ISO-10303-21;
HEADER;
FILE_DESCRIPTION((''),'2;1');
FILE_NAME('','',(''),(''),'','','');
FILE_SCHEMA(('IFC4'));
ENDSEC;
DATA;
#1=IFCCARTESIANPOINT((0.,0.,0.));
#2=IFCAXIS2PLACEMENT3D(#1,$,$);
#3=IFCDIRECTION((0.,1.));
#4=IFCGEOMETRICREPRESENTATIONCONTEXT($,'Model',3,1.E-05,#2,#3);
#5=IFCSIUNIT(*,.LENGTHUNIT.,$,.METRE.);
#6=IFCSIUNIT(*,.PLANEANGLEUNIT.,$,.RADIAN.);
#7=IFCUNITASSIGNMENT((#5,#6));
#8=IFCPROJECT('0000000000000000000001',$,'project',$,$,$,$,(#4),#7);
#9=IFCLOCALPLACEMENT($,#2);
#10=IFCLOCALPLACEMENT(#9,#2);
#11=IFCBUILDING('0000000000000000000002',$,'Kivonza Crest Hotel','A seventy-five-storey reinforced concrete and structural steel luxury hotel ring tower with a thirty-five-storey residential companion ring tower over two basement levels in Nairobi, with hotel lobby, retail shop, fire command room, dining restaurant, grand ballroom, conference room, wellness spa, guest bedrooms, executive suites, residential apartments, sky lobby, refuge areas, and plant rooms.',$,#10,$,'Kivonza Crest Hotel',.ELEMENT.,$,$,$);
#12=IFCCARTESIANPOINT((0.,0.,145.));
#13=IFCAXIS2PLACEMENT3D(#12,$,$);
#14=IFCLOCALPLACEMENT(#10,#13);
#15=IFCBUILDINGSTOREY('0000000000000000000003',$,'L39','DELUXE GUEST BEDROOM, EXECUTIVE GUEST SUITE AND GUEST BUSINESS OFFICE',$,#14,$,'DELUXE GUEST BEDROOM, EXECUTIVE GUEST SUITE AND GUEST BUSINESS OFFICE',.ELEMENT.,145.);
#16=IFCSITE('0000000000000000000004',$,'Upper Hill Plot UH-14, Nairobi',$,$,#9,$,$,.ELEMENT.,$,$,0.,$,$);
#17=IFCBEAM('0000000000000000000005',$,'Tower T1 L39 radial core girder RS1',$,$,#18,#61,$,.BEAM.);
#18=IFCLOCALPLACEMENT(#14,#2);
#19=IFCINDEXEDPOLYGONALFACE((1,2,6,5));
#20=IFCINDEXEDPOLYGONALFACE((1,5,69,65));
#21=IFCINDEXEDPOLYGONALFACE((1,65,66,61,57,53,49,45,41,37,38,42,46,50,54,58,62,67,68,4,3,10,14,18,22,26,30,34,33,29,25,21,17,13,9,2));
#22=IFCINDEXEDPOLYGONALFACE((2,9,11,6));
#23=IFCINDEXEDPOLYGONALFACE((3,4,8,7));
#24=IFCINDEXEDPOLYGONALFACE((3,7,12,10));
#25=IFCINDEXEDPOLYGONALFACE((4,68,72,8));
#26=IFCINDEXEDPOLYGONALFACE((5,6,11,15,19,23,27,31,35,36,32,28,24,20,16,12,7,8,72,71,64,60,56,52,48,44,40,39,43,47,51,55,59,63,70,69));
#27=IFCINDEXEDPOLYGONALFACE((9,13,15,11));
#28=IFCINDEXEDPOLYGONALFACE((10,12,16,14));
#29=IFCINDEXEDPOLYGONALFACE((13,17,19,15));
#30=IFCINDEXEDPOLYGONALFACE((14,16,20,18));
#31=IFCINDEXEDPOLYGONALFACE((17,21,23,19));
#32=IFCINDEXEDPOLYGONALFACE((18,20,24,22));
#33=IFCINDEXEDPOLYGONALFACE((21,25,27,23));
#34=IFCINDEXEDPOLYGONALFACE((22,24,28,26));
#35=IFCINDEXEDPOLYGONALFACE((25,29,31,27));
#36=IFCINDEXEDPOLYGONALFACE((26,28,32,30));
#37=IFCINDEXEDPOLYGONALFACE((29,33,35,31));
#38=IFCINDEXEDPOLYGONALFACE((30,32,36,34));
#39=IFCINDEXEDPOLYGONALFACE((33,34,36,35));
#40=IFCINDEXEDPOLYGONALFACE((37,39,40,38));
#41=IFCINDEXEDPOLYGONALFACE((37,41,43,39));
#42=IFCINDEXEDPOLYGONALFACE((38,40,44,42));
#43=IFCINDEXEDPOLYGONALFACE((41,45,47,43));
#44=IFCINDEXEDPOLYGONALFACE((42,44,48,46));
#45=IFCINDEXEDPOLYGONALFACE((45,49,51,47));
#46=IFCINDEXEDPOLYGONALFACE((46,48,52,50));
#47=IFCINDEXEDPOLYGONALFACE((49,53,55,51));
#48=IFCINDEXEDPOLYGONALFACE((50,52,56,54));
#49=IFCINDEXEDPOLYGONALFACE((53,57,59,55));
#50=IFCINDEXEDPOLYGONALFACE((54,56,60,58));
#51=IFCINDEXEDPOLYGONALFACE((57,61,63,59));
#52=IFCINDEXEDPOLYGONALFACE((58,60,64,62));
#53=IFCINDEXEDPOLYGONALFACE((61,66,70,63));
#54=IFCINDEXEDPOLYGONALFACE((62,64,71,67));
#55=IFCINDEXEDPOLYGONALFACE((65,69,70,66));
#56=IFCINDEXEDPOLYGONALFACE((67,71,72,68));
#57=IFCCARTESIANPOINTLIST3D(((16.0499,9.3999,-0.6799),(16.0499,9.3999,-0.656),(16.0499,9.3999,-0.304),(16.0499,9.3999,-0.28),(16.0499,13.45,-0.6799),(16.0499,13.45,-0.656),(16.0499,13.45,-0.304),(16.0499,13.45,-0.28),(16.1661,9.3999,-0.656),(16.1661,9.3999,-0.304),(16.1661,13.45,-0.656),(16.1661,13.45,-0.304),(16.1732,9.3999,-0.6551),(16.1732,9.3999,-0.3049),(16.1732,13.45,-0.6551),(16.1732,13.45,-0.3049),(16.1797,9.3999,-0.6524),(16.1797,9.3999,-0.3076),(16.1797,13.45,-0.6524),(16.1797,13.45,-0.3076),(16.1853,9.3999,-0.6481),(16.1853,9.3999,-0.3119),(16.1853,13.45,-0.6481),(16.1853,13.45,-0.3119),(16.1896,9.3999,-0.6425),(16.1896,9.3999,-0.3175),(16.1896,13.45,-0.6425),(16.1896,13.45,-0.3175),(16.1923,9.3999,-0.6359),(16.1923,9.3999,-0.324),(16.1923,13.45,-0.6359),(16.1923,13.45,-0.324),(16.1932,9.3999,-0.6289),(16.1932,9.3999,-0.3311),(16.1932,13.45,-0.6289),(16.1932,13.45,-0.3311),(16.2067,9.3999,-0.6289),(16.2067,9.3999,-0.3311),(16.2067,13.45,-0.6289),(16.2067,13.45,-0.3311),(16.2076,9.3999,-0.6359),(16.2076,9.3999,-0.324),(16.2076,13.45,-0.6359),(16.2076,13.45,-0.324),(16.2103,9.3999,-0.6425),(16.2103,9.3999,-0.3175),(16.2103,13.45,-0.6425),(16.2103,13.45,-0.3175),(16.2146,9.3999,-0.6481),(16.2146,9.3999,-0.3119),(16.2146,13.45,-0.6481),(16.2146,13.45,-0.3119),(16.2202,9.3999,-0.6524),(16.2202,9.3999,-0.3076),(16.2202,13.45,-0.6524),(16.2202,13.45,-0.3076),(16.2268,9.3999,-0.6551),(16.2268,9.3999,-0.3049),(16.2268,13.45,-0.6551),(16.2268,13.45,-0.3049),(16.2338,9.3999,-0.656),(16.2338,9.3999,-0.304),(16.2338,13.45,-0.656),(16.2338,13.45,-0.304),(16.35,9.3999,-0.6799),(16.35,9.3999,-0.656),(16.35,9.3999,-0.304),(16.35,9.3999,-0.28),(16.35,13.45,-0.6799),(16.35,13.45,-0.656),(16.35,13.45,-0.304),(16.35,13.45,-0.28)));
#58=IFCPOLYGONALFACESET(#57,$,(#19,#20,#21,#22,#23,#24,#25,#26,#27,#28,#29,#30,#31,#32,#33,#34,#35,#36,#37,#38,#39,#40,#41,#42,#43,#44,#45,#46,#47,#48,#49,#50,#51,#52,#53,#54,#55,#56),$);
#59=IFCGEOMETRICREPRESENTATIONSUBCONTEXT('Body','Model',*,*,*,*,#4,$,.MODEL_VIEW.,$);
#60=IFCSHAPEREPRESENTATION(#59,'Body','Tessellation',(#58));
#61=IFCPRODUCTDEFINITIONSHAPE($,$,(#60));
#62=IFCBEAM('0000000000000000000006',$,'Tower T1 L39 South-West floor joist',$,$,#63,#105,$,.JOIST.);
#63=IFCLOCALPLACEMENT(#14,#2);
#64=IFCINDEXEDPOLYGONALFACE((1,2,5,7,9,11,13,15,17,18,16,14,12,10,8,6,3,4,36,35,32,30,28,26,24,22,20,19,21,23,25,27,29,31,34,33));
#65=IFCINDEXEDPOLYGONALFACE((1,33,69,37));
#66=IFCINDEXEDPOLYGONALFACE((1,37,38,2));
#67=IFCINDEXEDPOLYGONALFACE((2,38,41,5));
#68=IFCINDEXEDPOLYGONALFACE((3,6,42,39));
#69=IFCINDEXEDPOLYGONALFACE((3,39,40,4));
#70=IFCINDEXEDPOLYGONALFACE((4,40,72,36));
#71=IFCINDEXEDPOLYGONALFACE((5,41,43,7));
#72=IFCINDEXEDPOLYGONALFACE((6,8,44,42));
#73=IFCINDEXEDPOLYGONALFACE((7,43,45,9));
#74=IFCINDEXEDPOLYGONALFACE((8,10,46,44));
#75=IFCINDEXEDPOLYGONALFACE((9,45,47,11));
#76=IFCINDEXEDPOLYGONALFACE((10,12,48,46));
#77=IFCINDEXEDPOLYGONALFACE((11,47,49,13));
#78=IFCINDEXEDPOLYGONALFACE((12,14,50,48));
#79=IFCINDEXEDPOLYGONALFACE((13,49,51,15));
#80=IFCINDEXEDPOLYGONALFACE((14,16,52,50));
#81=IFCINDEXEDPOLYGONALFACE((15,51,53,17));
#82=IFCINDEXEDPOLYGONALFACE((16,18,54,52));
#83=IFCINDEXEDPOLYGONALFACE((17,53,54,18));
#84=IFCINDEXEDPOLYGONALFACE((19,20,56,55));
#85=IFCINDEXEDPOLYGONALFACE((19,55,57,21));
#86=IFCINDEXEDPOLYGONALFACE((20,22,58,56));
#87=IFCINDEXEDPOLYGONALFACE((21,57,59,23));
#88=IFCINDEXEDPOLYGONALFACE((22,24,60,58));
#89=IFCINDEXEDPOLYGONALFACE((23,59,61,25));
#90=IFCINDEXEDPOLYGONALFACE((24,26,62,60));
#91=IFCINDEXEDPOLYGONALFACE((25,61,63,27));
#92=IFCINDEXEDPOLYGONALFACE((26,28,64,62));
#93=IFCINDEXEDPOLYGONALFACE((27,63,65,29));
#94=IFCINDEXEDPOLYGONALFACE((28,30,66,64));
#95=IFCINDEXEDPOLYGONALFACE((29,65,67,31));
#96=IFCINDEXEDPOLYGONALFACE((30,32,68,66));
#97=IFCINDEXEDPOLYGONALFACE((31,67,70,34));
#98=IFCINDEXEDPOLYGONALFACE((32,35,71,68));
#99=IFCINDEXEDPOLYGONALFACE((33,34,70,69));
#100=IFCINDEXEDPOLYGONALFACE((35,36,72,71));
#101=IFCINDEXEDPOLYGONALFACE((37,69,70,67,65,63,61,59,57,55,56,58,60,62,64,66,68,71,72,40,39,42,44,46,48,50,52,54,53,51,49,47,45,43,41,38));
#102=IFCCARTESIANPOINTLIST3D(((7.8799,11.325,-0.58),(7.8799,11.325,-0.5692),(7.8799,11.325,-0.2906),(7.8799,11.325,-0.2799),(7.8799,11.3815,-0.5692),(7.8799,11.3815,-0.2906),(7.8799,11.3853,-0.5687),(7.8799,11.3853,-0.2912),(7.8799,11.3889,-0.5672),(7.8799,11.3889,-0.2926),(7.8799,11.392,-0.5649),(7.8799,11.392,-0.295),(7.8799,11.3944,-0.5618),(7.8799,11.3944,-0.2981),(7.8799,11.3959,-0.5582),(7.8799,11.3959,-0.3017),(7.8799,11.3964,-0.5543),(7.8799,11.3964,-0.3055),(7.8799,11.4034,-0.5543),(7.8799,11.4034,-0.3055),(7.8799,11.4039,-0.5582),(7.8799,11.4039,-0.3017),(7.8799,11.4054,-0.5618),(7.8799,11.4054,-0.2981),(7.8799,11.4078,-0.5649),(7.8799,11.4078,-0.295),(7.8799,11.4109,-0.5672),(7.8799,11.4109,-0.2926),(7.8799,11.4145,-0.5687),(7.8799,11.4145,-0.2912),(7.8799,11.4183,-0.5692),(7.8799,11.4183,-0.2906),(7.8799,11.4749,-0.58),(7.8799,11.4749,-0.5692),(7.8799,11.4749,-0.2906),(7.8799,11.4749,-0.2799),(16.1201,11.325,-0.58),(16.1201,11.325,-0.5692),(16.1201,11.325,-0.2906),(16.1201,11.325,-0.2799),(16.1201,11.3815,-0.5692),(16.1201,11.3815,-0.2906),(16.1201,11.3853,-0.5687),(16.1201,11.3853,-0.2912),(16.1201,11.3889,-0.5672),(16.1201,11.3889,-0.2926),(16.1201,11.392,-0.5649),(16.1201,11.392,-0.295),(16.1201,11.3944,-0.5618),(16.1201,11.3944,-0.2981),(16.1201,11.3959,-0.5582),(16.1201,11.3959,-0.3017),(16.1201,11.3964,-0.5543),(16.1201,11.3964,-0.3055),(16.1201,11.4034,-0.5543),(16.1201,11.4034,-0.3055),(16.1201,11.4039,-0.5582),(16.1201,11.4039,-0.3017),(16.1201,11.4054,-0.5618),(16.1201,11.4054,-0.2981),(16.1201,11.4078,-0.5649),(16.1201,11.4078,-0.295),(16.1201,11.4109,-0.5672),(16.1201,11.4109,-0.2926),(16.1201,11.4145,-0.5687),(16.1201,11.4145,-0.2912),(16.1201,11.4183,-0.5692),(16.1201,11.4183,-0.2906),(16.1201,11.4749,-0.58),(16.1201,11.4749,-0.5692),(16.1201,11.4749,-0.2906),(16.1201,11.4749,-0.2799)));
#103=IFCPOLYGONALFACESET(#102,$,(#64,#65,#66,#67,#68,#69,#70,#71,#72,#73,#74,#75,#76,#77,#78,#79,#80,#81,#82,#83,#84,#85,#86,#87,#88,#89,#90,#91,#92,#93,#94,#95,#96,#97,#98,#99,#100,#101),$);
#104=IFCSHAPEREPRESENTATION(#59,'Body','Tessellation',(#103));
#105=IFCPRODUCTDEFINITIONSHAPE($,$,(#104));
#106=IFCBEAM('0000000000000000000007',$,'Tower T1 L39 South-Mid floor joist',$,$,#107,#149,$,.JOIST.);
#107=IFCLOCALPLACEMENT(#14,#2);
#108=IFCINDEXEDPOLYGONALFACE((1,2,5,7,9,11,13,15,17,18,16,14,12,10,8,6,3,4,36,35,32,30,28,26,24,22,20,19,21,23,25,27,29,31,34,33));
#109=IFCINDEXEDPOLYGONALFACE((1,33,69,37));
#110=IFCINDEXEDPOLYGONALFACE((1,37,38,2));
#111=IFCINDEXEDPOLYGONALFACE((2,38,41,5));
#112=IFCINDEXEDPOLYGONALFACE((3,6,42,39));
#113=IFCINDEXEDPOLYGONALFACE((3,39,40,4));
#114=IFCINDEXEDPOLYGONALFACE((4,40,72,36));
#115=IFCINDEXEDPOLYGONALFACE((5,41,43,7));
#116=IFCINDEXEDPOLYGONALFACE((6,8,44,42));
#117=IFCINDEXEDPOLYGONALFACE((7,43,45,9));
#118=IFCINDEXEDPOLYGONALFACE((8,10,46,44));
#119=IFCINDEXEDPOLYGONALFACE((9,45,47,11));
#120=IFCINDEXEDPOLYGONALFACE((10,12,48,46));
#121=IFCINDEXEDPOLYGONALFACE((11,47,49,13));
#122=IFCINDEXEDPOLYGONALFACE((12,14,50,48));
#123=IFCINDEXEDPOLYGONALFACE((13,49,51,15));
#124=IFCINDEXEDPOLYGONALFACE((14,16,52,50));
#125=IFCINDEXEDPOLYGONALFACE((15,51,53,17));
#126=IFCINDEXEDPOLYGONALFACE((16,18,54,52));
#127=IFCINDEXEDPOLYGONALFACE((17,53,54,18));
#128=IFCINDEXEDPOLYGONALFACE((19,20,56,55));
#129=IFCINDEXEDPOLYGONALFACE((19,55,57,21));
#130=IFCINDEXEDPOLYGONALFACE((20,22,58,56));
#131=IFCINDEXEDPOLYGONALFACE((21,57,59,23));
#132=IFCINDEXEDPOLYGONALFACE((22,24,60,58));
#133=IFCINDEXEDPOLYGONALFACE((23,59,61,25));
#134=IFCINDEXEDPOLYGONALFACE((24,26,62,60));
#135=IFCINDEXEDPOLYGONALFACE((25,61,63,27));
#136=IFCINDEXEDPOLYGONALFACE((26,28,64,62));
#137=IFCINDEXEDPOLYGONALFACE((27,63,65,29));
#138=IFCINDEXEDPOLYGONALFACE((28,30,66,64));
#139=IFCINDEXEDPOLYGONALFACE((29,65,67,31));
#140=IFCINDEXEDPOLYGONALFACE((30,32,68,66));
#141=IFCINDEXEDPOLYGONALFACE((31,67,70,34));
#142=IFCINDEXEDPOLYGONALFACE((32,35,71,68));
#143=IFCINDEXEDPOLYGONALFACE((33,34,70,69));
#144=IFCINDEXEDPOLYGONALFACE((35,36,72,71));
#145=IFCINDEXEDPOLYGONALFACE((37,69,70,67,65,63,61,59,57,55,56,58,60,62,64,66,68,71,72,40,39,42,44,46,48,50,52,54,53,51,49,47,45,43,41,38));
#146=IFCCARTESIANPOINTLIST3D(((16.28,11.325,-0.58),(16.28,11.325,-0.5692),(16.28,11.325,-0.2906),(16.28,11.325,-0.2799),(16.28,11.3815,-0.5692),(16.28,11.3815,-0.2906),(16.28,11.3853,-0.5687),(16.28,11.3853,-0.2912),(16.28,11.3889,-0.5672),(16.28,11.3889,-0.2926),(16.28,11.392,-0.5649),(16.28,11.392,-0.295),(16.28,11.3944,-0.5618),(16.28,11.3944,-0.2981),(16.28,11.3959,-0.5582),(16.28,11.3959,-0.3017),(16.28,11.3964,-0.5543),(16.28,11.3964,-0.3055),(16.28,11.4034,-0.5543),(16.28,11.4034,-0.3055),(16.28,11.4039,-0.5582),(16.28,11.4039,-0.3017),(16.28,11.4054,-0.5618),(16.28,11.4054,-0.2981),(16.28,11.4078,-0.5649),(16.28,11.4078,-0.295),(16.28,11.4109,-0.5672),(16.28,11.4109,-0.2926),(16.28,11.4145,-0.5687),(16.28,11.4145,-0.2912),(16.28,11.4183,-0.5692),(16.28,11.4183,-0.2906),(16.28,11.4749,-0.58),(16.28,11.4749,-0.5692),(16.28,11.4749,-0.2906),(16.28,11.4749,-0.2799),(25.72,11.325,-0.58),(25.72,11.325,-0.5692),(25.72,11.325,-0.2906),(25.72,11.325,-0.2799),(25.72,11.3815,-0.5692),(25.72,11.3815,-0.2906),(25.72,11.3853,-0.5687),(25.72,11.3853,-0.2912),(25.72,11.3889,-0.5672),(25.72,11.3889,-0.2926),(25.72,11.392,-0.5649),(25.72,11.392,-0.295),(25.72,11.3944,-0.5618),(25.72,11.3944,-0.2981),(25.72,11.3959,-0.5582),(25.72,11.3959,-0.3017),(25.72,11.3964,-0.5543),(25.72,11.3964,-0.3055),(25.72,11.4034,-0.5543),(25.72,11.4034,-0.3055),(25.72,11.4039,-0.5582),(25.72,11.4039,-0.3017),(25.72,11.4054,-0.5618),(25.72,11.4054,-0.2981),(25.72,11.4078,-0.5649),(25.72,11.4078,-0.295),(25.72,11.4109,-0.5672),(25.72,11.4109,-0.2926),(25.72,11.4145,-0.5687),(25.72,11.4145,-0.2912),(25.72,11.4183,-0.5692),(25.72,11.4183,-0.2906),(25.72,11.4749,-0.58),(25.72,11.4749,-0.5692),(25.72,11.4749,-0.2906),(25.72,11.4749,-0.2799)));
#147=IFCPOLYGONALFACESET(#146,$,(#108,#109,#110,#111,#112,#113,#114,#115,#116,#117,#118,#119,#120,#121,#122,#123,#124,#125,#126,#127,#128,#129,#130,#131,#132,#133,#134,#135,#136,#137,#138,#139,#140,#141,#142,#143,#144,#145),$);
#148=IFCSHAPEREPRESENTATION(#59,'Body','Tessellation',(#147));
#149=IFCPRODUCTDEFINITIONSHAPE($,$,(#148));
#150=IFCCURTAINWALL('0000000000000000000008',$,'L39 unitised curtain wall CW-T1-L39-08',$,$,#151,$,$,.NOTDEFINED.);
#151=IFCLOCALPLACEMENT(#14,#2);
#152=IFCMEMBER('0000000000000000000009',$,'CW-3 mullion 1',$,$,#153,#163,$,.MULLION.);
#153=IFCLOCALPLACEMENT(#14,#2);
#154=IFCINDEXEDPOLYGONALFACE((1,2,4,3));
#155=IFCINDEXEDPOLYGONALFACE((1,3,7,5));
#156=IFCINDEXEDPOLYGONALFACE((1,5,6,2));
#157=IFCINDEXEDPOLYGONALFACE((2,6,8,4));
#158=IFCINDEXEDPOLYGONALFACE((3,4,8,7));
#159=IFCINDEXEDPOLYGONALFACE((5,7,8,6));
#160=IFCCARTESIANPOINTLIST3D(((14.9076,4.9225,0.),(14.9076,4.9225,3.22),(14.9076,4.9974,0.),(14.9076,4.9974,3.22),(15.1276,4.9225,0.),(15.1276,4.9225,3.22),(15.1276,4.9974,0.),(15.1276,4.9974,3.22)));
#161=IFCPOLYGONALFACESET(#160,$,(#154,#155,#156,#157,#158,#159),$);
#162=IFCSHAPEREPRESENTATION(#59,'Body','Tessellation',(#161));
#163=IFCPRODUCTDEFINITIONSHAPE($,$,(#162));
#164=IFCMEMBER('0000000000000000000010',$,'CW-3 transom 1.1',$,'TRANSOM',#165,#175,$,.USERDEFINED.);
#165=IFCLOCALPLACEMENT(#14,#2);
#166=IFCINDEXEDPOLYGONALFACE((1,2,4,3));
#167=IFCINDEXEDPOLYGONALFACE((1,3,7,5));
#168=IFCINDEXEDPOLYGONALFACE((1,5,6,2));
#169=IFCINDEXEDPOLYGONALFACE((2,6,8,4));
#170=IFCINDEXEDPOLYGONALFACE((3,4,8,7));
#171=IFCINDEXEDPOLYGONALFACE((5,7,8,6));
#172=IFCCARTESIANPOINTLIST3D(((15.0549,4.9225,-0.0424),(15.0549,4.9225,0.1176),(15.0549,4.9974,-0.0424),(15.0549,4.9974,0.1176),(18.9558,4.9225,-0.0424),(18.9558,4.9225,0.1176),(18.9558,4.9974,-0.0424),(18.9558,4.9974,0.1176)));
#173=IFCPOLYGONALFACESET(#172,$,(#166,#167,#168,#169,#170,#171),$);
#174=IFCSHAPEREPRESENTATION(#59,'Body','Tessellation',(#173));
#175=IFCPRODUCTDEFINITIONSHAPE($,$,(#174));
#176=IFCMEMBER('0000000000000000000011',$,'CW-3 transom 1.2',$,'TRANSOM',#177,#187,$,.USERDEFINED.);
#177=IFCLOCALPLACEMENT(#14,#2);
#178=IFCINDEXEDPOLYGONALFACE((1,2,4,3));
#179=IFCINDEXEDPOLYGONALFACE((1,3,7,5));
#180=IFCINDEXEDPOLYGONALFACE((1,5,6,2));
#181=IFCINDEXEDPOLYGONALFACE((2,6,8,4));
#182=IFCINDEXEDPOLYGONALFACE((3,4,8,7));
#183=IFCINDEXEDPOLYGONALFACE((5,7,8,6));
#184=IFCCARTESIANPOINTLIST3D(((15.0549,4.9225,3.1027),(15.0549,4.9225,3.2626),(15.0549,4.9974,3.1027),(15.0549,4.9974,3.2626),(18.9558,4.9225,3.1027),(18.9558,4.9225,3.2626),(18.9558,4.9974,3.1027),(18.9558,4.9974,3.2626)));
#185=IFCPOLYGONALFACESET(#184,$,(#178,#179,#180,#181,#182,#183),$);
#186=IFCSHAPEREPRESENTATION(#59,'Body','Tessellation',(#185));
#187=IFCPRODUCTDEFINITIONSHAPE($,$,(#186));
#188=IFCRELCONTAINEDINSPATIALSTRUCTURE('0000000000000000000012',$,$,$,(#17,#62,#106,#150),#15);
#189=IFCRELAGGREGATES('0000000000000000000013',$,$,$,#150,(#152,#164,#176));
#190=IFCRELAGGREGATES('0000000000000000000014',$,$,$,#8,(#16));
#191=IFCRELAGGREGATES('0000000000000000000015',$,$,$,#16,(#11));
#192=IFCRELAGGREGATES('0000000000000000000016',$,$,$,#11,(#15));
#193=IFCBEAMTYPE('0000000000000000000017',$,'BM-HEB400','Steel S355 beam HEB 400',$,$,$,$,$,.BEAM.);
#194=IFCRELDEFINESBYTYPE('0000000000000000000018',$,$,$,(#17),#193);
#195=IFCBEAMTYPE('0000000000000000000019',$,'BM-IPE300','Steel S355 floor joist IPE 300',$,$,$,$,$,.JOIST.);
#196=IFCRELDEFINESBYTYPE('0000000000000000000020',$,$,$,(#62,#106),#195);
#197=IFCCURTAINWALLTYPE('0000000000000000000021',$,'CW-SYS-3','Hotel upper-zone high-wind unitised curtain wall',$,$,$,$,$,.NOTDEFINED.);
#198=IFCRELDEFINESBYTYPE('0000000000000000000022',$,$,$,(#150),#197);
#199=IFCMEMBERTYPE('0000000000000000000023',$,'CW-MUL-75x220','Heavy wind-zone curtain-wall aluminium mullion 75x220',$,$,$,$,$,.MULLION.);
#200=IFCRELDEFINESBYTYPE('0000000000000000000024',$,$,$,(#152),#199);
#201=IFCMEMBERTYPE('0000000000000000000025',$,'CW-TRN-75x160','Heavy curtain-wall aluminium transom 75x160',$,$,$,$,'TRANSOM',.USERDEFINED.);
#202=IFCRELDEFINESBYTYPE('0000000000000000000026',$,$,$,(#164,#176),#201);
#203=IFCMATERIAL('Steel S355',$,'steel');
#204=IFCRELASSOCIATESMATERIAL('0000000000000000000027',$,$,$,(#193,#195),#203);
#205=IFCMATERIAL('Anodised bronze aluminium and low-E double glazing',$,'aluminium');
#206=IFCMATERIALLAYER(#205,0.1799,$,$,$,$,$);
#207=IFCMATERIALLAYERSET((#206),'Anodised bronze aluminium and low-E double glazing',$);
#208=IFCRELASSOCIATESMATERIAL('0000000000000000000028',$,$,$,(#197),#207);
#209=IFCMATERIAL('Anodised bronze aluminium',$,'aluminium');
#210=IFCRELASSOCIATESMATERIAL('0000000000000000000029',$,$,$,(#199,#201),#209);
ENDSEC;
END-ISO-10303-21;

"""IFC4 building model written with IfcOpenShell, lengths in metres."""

from ifc_helpers import new_model, si_unit, direction, frame, origin, origin_2d, place, context, subcontext, project, spatial, rectangle, i_section, extrude, material, layer, layer_set, material_profile, profile_set, type_object, element, aggregate, save


model = new_model("IFC4")

# Units and contexts
model_context = context("Model", 3, precision=1e-05, world=origin(), true_north=direction((0.0, 1.0)))
body_context = subcontext(model_context, "Body", "Model", "MODEL_VIEW")
ifc_project = project(units=[si_unit("LENGTHUNIT", "METRE"), si_unit("PLANEANGLEUNIT", "RADIAN")], contexts=[model_context])

# Site, building, storey
site_placement = place(None, origin())
site = spatial("IfcSite", under=ifc_project, at=site_placement, Name="Upper Hill Plot UH-14, Nairobi", CompositionType="ELEMENT", RefElevation=0.0)
building_placement = place(site_placement, origin())
building = spatial("IfcBuilding", under=site, at=building_placement, Name="Kivonza Crest Hotel", Description="A seventy-five-storey reinforced concrete and structural steel luxury hotel ring tower with a thirty-five-storey residential companion ring tower over two basement levels in Nairobi, with hotel lobby, retail shop, fire command room, dining restaurant, grand ballroom, conference room, wellness spa, guest bedrooms, executive suites, residential apartments, sky lobby, refuge areas, and plant rooms.", LongName="Kivonza Crest Hotel", CompositionType="ELEMENT")
storey_placement = place(building_placement, frame((0.0, 0.0, 145.0)))
storey = spatial("IfcBuildingStorey", under=building, at=storey_placement, Name="L39", Description="DELUXE GUEST BEDROOM, EXECUTIVE GUEST SUITE AND GUEST BUSINESS OFFICE", LongName="DELUXE GUEST BEDROOM, EXECUTIVE GUEST SUITE AND GUEST BUSINESS OFFICE", CompositionType="ELEMENT", Elevation=145.0)

# Beams
ifc_material_1 = material(Name="Steel S355", Category="steel")
ifc_material_profile_1 = material_profile(ifc_material_1, i_section(OverallWidth=0.3, OverallDepth=0.3999, WebThickness=0.0134, FlangeThickness=0.0239, FilletRadius=0.0271, at=origin_2d()), Name="HEB 400")
ifc_profile_set_1 = profile_set([ifc_material_profile_1], Name="Steel S355")
beam_type_1 = type_object("IfcBeamType", Name="BM-HEB400", Description="Steel S355 beam HEB 400", PredefinedType="BEAM", material=ifc_profile_set_1)
beam_1_placement = place(storey_placement, frame((16.2, 9.3999, -0.48), z_axis=(0.0, 1.0, 0.0), x_axis=(-1.0, 0.0, 0.0)))
element("IfcBeam", 1, at=beam_1_placement, inside=storey, type_object=beam_type_1, Name="Tower T1 L39 radial core girder RS1", PredefinedType="BEAM", context=body_context, shape_type="SweptSolid", body=[
    extrude(i_section(OverallWidth=0.3, OverallDepth=0.3999, WebThickness=0.0134, FlangeThickness=0.0239, FilletRadius=0.0271, at=origin_2d()), origin(), (0.0, 0.0, 1.0), 4.05),
])
ifc_material_profile_2 = material_profile(ifc_material_1, i_section(OverallWidth=0.1499, OverallDepth=0.3, WebThickness=0.0071, FlangeThickness=0.0107, FilletRadius=0.0149, at=origin_2d()), Name="IPE 300")
ifc_profile_set_2 = profile_set([ifc_material_profile_2], Name="Steel S355")
beam_type_2 = type_object("IfcBeamType", Name="BM-IPE300", Description="Steel S355 floor joist IPE 300", PredefinedType="JOIST", material=ifc_profile_set_2)
beam_2_placement = place(storey_placement, frame((7.8799, 11.3999, -0.4299), z_axis=(1.0, 0.0, 0.0), x_axis=(0.0, 1.0, 0.0)))
element("IfcBeam", 2, at=beam_2_placement, inside=storey, type_object=beam_type_2, Name="Tower T1 L39 South-West floor joist", PredefinedType="JOIST", context=body_context, shape_type="SweptSolid", body=[
    extrude(i_section(OverallWidth=0.1499, OverallDepth=0.3, WebThickness=0.0071, FlangeThickness=0.0107, FilletRadius=0.0149, at=origin_2d()), origin(), (0.0, 0.0, 1.0), 8.2402),
])
beam_3_placement = place(storey_placement, frame((16.28, 11.3999, -0.4299), z_axis=(1.0, 0.0, 0.0), x_axis=(0.0, 1.0, 0.0)))
element("IfcBeam", 3, at=beam_3_placement, inside=storey, type_object=beam_type_2, Name="Tower T1 L39 South-Mid floor joist", PredefinedType="JOIST", context=body_context, shape_type="SweptSolid", body=[
    extrude(i_section(OverallWidth=0.1499, OverallDepth=0.3, WebThickness=0.0071, FlangeThickness=0.0107, FilletRadius=0.0149, at=origin_2d()), origin(), (0.0, 0.0, 1.0), 9.4399),
])

# Curtain wall, members
ifc_material_2 = material(Name="Anodised bronze aluminium and low-E double glazing", Category="aluminium")
ifc_layer_1 = layer(ifc_material_2, 0.1799)
ifc_layer_set_1 = layer_set([ifc_layer_1], Name="Anodised bronze aluminium and low-E double glazing")
curtain_wall_type = type_object("IfcCurtainWallType", Name="CW-SYS-3", Description="Hotel upper-zone high-wind unitised curtain wall", PredefinedType="NOTDEFINED", material=ifc_layer_set_1)
curtain_wall_placement = place(storey_placement, origin())
curtain_wall = element("IfcCurtainWall", 4, at=curtain_wall_placement, inside=storey, type_object=curtain_wall_type, Name="L39 unitised curtain wall CW-T1-L39-08", PredefinedType="NOTDEFINED")
ifc_material_3 = material(Name="Anodised bronze aluminium", Category="aluminium")
ifc_material_profile_3 = material_profile(ifc_material_3, rectangle(XDim=0.075, YDim=0.22, at=origin_2d()), Name="CW-M 75x220")
ifc_profile_set_3 = profile_set([ifc_material_profile_3], Name="Anodised bronze aluminium")
member_type_1 = type_object("IfcMemberType", Name="CW-MUL-75x220", Description="Heavy wind-zone curtain-wall aluminium mullion 75x220", PredefinedType="MULLION", material=ifc_profile_set_3)
member_1_placement = place(storey_placement, frame((15.0176, 4.96, 0.0), z_axis=(0.0, 0.0, 1.0), x_axis=(0.0, 1.0, 0.0)))
member_1 = element("IfcMember", 5, at=member_1_placement, type_object=member_type_1, Name="CW-3 mullion 1", PredefinedType="MULLION", context=body_context, shape_type="SweptSolid", body=[
    extrude(rectangle(XDim=0.075, YDim=0.22, at=origin_2d()), origin(), (0.0, 0.0, 1.0), 3.22),
])
ifc_material_profile_4 = material_profile(ifc_material_3, rectangle(XDim=0.075, YDim=0.1599, at=origin_2d()), Name="CW-T 75x160")
ifc_profile_set_4 = profile_set([ifc_material_profile_4], Name="Anodised bronze aluminium")
member_type_2 = type_object("IfcMemberType", Name="CW-TRN-75x160", Description="Heavy curtain-wall aluminium transom 75x160", ElementType="TRANSOM", PredefinedType="USERDEFINED", material=ifc_profile_set_4)
member_2_placement = place(storey_placement, frame((15.0549, 4.96, 0.0376), z_axis=(1.0, 0.0, 0.0), x_axis=(0.0, 1.0, 0.0)))
member_2 = element("IfcMember", 6, at=member_2_placement, type_object=member_type_2, Name="CW-3 transom 1.1", ObjectType="TRANSOM", PredefinedType="USERDEFINED", context=body_context, shape_type="SweptSolid", body=[
    extrude(rectangle(XDim=0.075, YDim=0.1599, at=origin_2d()), origin(), (0.0, 0.0, 1.0), 3.9009),
])
member_3_placement = place(storey_placement, frame((15.0549, 4.96, 3.1826), z_axis=(1.0, 0.0, 0.0), x_axis=(0.0, 1.0, 0.0)))
member_3 = element("IfcMember", 7, at=member_3_placement, type_object=member_type_2, Name="CW-3 transom 1.2", ObjectType="TRANSOM", PredefinedType="USERDEFINED", context=body_context, shape_type="SweptSolid", body=[
    extrude(rectangle(XDim=0.075, YDim=0.1599, at=origin_2d()), origin(), (0.0, 0.0, 1.0), 3.9009),
])
aggregate(curtain_wall, [member_1, member_2, member_3])

save(model, "model.ifc")
